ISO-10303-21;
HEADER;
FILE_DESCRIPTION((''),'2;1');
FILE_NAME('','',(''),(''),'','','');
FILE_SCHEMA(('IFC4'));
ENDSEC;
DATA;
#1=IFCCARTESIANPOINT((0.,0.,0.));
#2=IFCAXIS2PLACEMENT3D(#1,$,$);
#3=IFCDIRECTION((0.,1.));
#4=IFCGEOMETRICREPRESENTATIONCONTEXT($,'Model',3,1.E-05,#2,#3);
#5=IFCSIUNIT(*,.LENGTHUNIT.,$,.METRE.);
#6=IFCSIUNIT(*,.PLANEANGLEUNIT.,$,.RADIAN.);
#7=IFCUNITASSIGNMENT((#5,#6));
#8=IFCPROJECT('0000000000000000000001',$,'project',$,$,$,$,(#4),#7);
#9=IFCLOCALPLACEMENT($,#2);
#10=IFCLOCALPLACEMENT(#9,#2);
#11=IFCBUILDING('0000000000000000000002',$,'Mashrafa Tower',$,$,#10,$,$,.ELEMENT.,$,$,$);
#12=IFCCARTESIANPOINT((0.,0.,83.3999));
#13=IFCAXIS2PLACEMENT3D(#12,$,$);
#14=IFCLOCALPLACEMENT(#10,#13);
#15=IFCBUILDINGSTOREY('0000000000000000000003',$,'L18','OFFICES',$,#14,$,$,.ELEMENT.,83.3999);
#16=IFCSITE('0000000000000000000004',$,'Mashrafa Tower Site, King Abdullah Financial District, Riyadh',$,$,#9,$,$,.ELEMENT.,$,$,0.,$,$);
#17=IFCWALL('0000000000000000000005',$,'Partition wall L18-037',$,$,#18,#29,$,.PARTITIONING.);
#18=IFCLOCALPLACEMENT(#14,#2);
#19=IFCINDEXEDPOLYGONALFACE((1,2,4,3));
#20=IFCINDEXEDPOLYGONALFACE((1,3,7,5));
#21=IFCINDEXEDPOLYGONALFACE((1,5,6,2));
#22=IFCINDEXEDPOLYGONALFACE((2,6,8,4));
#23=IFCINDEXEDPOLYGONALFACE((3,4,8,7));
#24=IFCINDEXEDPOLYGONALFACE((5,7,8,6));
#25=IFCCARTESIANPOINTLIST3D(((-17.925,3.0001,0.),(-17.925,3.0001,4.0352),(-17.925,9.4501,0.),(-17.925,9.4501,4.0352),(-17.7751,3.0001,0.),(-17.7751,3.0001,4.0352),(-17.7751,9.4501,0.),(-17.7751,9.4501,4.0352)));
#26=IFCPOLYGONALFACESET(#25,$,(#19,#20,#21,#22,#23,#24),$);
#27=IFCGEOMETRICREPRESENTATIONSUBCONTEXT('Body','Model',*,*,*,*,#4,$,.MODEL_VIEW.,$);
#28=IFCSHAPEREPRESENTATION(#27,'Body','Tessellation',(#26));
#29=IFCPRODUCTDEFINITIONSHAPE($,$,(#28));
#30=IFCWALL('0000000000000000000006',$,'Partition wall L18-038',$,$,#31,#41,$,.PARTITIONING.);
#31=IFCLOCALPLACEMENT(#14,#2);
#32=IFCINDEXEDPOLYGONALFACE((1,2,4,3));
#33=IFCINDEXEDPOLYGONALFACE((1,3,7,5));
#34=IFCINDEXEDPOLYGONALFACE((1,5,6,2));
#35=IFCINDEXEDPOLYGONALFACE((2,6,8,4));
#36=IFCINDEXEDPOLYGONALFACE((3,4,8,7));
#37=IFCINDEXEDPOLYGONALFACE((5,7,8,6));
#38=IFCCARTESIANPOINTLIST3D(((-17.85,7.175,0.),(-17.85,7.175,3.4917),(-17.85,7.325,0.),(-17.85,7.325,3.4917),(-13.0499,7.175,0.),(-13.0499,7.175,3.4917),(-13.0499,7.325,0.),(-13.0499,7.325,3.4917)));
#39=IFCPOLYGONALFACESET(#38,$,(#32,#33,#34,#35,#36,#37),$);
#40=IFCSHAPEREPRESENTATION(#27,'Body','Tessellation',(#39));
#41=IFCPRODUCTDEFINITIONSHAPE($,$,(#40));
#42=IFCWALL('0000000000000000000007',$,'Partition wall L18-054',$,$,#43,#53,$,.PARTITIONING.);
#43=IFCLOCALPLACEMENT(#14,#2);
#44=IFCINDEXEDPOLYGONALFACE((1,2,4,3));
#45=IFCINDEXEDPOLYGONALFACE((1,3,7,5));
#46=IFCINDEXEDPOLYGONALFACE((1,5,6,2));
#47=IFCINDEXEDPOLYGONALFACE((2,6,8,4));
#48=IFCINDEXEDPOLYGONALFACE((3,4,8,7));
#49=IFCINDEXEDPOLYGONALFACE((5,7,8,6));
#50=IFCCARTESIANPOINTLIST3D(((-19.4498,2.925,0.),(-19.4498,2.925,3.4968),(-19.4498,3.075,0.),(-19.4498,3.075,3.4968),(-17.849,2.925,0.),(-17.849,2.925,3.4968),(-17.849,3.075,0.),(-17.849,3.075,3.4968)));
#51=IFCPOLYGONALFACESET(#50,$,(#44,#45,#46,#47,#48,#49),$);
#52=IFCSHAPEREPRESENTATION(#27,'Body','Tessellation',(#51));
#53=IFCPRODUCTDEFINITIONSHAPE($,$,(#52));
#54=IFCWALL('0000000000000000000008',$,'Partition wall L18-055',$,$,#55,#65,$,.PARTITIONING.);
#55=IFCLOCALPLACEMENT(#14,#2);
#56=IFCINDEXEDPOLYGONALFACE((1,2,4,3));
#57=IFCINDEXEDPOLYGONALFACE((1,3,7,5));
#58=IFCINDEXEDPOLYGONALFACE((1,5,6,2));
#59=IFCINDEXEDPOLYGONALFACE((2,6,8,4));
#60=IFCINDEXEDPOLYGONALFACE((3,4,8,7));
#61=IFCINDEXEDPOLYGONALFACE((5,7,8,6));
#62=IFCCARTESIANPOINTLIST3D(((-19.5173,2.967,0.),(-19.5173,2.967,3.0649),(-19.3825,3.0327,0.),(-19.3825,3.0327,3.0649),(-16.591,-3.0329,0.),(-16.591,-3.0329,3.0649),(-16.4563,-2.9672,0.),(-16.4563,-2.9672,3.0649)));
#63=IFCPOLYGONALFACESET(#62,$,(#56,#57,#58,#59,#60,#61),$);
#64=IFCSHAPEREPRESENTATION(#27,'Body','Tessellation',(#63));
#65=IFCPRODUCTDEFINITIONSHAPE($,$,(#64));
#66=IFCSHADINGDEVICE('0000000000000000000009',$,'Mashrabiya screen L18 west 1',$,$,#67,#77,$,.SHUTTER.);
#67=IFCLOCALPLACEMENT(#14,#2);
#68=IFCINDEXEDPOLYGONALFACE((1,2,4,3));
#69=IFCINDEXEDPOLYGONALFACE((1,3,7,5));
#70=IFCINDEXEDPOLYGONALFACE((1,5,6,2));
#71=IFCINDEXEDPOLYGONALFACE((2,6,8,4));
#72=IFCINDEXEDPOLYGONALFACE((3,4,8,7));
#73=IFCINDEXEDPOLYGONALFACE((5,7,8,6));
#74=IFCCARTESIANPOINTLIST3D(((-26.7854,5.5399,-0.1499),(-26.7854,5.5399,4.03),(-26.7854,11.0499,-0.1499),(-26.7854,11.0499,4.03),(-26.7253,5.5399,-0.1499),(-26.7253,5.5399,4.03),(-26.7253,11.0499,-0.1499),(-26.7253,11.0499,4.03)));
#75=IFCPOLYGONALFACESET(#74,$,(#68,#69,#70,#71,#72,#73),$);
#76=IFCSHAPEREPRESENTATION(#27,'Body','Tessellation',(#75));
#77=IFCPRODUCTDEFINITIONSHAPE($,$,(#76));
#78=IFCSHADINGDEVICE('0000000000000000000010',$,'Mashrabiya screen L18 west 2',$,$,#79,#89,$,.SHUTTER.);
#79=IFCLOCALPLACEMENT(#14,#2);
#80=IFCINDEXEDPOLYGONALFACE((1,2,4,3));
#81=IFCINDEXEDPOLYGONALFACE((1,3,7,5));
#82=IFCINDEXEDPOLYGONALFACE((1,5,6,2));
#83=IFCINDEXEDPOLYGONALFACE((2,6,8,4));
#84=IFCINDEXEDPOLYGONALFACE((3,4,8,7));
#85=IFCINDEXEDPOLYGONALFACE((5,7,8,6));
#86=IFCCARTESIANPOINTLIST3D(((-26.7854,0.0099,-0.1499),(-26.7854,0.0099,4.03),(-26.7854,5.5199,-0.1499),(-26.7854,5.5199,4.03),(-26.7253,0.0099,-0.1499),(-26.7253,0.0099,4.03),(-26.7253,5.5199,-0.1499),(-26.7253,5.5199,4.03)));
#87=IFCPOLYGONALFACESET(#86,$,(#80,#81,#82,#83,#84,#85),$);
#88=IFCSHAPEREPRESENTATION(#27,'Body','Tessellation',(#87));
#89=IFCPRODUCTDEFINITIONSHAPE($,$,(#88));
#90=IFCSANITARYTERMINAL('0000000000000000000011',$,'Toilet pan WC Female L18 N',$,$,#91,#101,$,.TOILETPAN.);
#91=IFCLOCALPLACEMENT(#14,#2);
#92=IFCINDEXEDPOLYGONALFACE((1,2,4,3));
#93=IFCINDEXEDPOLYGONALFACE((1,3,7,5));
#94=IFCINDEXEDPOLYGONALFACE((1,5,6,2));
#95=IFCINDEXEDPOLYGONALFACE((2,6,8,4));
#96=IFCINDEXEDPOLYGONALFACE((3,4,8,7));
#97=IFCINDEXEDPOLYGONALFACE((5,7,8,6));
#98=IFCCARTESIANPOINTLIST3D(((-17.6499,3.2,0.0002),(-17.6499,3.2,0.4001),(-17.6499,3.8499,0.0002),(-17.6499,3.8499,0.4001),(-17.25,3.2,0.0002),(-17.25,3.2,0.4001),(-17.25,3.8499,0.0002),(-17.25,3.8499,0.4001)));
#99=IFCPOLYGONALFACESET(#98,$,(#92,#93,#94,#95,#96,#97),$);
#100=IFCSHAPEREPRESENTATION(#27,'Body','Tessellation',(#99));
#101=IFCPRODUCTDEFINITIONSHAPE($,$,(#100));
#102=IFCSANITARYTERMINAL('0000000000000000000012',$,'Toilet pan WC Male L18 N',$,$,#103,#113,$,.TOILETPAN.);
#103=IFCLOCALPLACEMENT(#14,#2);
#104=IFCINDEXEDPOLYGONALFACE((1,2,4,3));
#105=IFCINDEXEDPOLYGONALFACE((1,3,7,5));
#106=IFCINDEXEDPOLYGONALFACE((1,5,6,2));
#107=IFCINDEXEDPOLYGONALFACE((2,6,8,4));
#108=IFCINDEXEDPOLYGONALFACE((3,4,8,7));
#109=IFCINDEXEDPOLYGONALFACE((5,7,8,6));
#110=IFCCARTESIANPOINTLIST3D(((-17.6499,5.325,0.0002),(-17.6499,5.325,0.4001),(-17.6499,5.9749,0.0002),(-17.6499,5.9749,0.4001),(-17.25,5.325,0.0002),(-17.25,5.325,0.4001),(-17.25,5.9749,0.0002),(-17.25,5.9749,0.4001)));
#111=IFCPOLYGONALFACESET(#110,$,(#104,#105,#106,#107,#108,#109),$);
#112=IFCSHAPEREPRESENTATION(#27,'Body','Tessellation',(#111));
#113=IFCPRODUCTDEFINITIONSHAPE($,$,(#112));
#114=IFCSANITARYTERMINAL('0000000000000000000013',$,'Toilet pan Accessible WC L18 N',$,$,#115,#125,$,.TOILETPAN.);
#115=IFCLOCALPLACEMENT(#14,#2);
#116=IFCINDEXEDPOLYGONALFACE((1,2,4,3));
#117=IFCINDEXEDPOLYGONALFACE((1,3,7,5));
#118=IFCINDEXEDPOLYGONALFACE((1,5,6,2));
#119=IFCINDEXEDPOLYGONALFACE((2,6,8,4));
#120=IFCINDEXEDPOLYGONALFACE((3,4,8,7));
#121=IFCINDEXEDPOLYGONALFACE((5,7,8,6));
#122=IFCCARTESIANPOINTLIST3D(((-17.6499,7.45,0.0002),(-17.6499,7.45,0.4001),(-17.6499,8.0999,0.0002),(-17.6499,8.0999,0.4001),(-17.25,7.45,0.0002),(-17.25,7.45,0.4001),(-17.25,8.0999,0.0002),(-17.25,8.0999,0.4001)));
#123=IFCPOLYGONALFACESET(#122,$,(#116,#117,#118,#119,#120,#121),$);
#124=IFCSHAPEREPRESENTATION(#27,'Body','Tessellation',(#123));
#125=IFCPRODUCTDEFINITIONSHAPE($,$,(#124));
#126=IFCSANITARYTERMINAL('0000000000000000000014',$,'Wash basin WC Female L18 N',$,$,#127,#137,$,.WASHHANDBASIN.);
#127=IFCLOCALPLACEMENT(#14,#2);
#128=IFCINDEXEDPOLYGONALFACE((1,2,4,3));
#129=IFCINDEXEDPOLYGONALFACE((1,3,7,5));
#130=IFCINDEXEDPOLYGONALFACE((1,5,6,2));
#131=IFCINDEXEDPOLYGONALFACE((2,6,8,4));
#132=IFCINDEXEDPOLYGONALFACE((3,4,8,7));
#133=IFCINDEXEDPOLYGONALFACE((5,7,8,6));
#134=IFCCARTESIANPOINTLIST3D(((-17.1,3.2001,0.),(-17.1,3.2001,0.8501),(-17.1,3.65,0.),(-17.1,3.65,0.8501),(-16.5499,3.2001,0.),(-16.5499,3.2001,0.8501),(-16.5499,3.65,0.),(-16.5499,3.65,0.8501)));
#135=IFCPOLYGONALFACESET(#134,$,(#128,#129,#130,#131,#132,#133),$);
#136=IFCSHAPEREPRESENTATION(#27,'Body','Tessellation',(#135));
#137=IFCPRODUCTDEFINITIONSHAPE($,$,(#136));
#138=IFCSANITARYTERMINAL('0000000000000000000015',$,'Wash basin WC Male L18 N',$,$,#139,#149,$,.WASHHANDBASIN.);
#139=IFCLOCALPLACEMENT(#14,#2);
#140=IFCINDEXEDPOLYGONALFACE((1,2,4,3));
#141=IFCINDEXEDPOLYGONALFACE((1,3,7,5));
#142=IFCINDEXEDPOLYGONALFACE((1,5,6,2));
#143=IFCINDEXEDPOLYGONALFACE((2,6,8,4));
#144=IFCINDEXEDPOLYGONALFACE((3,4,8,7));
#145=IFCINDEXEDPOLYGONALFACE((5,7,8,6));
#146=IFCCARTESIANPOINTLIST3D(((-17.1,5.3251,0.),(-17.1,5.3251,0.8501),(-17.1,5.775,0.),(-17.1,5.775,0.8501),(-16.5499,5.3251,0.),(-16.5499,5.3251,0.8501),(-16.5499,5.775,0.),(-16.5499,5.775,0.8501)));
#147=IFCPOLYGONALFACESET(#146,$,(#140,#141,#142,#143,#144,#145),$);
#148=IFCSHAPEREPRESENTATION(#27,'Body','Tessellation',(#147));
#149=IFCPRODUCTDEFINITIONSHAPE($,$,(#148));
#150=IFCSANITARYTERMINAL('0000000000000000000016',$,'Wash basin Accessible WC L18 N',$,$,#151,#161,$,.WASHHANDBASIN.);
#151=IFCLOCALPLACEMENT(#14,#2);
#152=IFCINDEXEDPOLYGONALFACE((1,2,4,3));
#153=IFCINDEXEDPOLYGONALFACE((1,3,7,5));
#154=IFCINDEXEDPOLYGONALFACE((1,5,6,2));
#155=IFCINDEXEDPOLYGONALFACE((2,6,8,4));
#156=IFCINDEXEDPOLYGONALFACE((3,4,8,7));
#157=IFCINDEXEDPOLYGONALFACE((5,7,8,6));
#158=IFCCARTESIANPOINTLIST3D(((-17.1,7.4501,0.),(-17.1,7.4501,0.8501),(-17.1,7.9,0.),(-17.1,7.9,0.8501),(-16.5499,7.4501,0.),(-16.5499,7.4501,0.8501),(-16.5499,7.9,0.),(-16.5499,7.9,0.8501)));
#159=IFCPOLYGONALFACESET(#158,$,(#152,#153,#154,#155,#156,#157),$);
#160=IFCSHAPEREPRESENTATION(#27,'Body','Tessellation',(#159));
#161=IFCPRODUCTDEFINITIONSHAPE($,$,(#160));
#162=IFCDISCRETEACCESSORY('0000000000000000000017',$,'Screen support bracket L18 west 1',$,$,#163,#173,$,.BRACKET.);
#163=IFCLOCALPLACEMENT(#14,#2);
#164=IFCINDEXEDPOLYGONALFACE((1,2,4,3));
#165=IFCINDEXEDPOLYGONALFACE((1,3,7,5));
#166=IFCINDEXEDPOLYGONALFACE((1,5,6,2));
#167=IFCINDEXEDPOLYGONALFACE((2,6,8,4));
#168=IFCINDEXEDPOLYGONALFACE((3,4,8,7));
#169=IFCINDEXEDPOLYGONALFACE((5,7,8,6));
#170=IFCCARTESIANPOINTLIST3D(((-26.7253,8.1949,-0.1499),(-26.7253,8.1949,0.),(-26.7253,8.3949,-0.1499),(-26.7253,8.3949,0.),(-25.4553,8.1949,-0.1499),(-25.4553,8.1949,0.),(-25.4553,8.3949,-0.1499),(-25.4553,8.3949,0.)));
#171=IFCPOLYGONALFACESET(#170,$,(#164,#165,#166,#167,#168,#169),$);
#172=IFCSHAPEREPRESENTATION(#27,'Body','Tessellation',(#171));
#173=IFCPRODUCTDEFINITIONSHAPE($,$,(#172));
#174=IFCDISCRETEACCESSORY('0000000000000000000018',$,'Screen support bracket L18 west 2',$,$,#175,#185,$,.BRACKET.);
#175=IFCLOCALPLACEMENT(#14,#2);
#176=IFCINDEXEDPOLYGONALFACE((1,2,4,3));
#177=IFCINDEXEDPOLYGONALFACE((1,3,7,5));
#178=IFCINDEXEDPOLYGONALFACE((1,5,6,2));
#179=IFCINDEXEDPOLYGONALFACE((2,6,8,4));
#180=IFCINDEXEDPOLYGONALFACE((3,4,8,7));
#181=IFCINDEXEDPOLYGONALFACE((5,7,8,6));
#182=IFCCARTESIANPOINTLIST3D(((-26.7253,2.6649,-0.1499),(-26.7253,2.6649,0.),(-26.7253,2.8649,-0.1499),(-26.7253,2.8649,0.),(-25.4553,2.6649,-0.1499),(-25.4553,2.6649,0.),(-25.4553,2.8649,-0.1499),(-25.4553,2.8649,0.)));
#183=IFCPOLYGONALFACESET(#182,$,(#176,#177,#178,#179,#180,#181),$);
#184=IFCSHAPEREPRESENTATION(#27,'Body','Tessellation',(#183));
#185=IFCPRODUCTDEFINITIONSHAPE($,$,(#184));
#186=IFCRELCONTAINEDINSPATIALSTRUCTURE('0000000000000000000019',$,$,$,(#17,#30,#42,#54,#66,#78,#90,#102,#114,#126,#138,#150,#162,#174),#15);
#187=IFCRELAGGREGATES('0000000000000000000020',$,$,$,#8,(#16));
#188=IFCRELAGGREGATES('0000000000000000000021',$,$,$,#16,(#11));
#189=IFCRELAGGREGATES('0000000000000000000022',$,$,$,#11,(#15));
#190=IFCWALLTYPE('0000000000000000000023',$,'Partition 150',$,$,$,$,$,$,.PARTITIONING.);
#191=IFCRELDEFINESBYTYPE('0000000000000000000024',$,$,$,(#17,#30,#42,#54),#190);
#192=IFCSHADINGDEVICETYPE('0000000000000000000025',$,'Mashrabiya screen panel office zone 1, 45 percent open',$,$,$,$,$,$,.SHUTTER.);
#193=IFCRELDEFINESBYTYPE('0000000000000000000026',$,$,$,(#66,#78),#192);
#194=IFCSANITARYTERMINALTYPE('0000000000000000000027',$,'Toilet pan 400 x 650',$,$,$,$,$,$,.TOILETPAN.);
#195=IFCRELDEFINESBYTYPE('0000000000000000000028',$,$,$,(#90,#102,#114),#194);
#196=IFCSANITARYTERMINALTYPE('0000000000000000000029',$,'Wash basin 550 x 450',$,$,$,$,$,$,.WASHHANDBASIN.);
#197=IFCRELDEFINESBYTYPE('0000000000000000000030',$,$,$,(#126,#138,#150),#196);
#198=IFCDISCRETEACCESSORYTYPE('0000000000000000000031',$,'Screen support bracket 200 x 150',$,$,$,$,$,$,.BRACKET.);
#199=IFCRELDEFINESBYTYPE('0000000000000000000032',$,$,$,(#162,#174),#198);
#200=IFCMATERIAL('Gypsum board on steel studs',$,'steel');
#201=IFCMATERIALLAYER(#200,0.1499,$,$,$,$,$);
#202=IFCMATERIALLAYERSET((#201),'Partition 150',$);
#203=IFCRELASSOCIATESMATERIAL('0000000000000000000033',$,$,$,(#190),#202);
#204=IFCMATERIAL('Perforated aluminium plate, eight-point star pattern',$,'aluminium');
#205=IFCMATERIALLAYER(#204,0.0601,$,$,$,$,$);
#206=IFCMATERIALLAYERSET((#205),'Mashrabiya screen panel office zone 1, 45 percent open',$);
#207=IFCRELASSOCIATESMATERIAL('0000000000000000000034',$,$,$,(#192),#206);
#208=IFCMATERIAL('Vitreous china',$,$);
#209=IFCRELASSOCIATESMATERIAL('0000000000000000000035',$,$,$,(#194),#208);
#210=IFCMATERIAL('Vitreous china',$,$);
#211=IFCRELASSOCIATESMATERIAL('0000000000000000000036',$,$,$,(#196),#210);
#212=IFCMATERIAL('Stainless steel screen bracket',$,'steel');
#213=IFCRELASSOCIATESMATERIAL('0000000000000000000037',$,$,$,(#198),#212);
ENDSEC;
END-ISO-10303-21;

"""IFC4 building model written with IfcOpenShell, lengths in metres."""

from ifc_helpers import new_model, si_unit, direction, frame, frame_2d, origin, origin_2d, place, context, subcontext, project, spatial, rectangle, extrude, source, transform, mapped, material, layer, layer_set, type_object, type_shapes, element, save


model = new_model("IFC4")

# Units and contexts
model_context = context("Model", 3, precision=1e-05, world=origin(), true_north=direction((0.0, 1.0)))
body_context = subcontext(model_context, "Body", "Model", "MODEL_VIEW")
ifc_project = project(units=[si_unit("LENGTHUNIT", "METRE"), si_unit("PLANEANGLEUNIT", "RADIAN")], contexts=[model_context])

# Site, building, storey
site_placement = place(None, origin())
site = spatial("IfcSite", under=ifc_project, at=site_placement, Name="Mashrafa Tower Site, King Abdullah Financial District, Riyadh", CompositionType="ELEMENT", RefElevation=0.0)
building_placement = place(site_placement, origin())
building = spatial("IfcBuilding", under=site, at=building_placement, Name="Mashrafa Tower", CompositionType="ELEMENT")
storey_placement = place(building_placement, frame((0.0, 0.0, 83.3999)))
storey = spatial("IfcBuildingStorey", under=building, at=storey_placement, Name="L18", Description="OFFICES", CompositionType="ELEMENT", Elevation=83.3999)

# Walls
ifc_material_1 = material(Name="Gypsum board on steel studs", Category="steel")
ifc_layer_1 = layer(ifc_material_1, 0.1499)
ifc_layer_set_1 = layer_set([ifc_layer_1], Name="Partition 150")
wall_type_1 = type_object("IfcWallType", Name="Partition 150", PredefinedType="PARTITIONING", material=ifc_layer_set_1)
wall_1_placement = place(storey_placement, frame((-17.8501, 3.0, 0.0), z_axis=(0.0, 0.0, 1.0), x_axis=(0.0, 1.0, 0.0)))
element("IfcWall", 1, at=wall_1_placement, inside=storey, type_object=wall_type_1, Name="Partition wall L18-037", PredefinedType="PARTITIONING", context=body_context, shape_type="SweptSolid", body=[
    extrude(rectangle(XDim=6.45, YDim=0.1499, at=frame_2d((3.2251, 0.0))), origin(), (0.0, 0.0, 1.0), 4.0352),
])
wall_2_placement = place(storey_placement, frame((-13.05, 7.25, 0.0), z_axis=(0.0, 0.0, 1.0), x_axis=(-1.0, 0.0, 0.0)))
element("IfcWall", 2, at=wall_2_placement, inside=storey, type_object=wall_type_1, Name="Partition wall L18-038", PredefinedType="PARTITIONING", context=body_context, shape_type="SweptSolid", body=[
    extrude(rectangle(XDim=4.8, YDim=0.1499, at=frame_2d((2.3999, 0.0))), origin(), (0.0, 0.0, 1.0), 3.4917),
])
wall_3_placement = place(storey_placement, frame((-17.8491, 3.0, 0.0), z_axis=(0.0, 0.0, 1.0), x_axis=(-1.0, 0.0, 0.0)))
element("IfcWall", 3, at=wall_3_placement, inside=storey, type_object=wall_type_1, Name="Partition wall L18-054", PredefinedType="PARTITIONING", context=body_context, shape_type="SweptSolid", body=[
    extrude(rectangle(XDim=1.6008, YDim=0.1499, at=frame_2d((0.8003, 0.0))), origin(), (0.0, 0.0, 1.0), 3.4968),
])
wall_4_placement = place(storey_placement, frame((-19.45, 3.0, 0.0), z_axis=(0.0, 0.0, 1.0), x_axis=(0.438356, -0.898801, 0.0)))
element("IfcWall", 4, at=wall_4_placement, inside=storey, type_object=wall_type_1, Name="Partition wall L18-055", PredefinedType="PARTITIONING", context=body_context, shape_type="SweptSolid", body=[
    extrude(rectangle(XDim=6.6755, YDim=0.1499, at=frame_2d((3.3379, 0.0))), origin(), (0.0, 0.0, 1.0), 3.0649),
])

# Shading devices
ifc_material_2 = material(Name="Perforated aluminium plate, eight-point star pattern", Category="aluminium")
ifc_layer_2 = layer(ifc_material_2, 0.0601)
ifc_layer_set_2 = layer_set([ifc_layer_2], Name="Mashrabiya screen panel office zone 1, 45 percent open")
shading_device_type = type_object("IfcShadingDeviceType", Name="Mashrabiya screen panel office zone 1, 45 percent open", PredefinedType="SHUTTER", material=ifc_layer_set_2)
shared_shape_1 = source(origin(), body_context, "Body", "SweptSolid", [
    extrude(rectangle(XDim=5.51, YDim=0.0601, at=origin_2d()), origin(), (0.0, 0.0, 1.0), 4.1799),
])
type_shapes(shading_device_type, [shared_shape_1])
for number, where, z_axis, x_axis, name in (
    (5, (-26.7554, 8.2949, -0.1499), (0.0, 0.0, 1.0), (0.0, -1.0, 0.0), "Mashrabiya screen L18 west 1"),
    (6, (-26.7554, 2.7649, -0.1499), (0.0, 0.0, 1.0), (0.0, -1.0, 0.0), "Mashrabiya screen L18 west 2"),
):
    element("IfcShadingDevice", number, at=place(storey_placement, frame(where, z_axis=z_axis, x_axis=x_axis)), inside=storey, type_object=shading_device_type, Name=name, PredefinedType="SHUTTER", context=body_context, shape_type="MappedRepresentation", body=[
        mapped(shared_shape_1, transform((0.0, 0.0, 0.0))),
    ])

# Sanitary terminals
ifc_material_3 = material(Name="Vitreous china")
sanitary_terminal_type_1 = type_object("IfcSanitaryTerminalType", Name="Toilet pan 400 x 650", PredefinedType="TOILETPAN", material=ifc_material_3)
for number, where, z_axis, x_axis, name in (
    (7, (-17.45, 3.5249, 0.0002), (0.0, 0.0, 1.0), (1.0, 0.0, 0.0), "Toilet pan WC Female L18 N"),
    (8, (-17.45, 5.6499, 0.0002), (0.0, 0.0, 1.0), (1.0, 0.0, 0.0), "Toilet pan WC Male L18 N"),
    (9, (-17.45, 7.7749, 0.0002), (0.0, 0.0, 1.0), (1.0, 0.0, 0.0), "Toilet pan Accessible WC L18 N"),
):
    element("IfcSanitaryTerminal", number, at=place(storey_placement, frame(where, z_axis=z_axis, x_axis=x_axis)), inside=storey, type_object=sanitary_terminal_type_1, Name=name, PredefinedType="TOILETPAN", context=body_context, shape_type="SweptSolid", body=[
        extrude(rectangle(XDim=0.3999, YDim=0.6499, at=origin_2d()), origin(), (0.0, 0.0, 1.0), 0.3999),
    ])
ifc_material_4 = material(Name="Vitreous china")
sanitary_terminal_type_2 = type_object("IfcSanitaryTerminalType", Name="Wash basin 550 x 450", PredefinedType="WASHHANDBASIN", material=ifc_material_4)
for number, where, z_axis, x_axis, name in (
    (10, (-16.825, 3.425, 0.0), (0.0, 0.0, 1.0), (1.0, 0.0, 0.0), "Wash basin WC Female L18 N"),
    (11, (-16.825, 5.55, 0.0), (0.0, 0.0, 1.0), (1.0, 0.0, 0.0), "Wash basin WC Male L18 N"),
    (12, (-16.825, 7.675, 0.0), (0.0, 0.0, 1.0), (1.0, 0.0, 0.0), "Wash basin Accessible WC L18 N"),
):
    element("IfcSanitaryTerminal", number, at=place(storey_placement, frame(where, z_axis=z_axis, x_axis=x_axis)), inside=storey, type_object=sanitary_terminal_type_2, Name=name, PredefinedType="WASHHANDBASIN", context=body_context, shape_type="SweptSolid", body=[
        extrude(rectangle(XDim=0.55, YDim=0.45, at=origin_2d()), origin(), (0.0, 0.0, 1.0), 0.8501),
    ])

# Discrete accessories
ifc_material_5 = material(Name="Stainless steel screen bracket", Category="steel")
discrete_accessory_type = type_object("IfcDiscreteAccessoryType", Name="Screen support bracket 200 x 150", PredefinedType="BRACKET", material=ifc_material_5)
shared_shape_2 = source(origin(), body_context, "Body", "SweptSolid", [
    extrude(rectangle(XDim=0.2, YDim=1.27, at=origin_2d()), origin(), (0.0, 0.0, 1.0), 0.1499),
])
type_shapes(discrete_accessory_type, [shared_shape_2])
for number, where, z_axis, x_axis, name in (
    (13, (-26.0903, 8.2949, -0.1499), (0.0, 0.0, 1.0), (0.0, -1.0, 0.0), "Screen support bracket L18 west 1"),
    (14, (-26.0903, 2.7649, -0.1499), (0.0, 0.0, 1.0), (0.0, -1.0, 0.0), "Screen support bracket L18 west 2"),
):
    element("IfcDiscreteAccessory", number, at=place(storey_placement, frame(where, z_axis=z_axis, x_axis=x_axis)), inside=storey, type_object=discrete_accessory_type, Name=name, PredefinedType="BRACKET", context=body_context, shape_type="MappedRepresentation", body=[
        mapped(shared_shape_2, transform((0.0, 0.0, 0.0))),
    ])

save(model, "model.ifc")
